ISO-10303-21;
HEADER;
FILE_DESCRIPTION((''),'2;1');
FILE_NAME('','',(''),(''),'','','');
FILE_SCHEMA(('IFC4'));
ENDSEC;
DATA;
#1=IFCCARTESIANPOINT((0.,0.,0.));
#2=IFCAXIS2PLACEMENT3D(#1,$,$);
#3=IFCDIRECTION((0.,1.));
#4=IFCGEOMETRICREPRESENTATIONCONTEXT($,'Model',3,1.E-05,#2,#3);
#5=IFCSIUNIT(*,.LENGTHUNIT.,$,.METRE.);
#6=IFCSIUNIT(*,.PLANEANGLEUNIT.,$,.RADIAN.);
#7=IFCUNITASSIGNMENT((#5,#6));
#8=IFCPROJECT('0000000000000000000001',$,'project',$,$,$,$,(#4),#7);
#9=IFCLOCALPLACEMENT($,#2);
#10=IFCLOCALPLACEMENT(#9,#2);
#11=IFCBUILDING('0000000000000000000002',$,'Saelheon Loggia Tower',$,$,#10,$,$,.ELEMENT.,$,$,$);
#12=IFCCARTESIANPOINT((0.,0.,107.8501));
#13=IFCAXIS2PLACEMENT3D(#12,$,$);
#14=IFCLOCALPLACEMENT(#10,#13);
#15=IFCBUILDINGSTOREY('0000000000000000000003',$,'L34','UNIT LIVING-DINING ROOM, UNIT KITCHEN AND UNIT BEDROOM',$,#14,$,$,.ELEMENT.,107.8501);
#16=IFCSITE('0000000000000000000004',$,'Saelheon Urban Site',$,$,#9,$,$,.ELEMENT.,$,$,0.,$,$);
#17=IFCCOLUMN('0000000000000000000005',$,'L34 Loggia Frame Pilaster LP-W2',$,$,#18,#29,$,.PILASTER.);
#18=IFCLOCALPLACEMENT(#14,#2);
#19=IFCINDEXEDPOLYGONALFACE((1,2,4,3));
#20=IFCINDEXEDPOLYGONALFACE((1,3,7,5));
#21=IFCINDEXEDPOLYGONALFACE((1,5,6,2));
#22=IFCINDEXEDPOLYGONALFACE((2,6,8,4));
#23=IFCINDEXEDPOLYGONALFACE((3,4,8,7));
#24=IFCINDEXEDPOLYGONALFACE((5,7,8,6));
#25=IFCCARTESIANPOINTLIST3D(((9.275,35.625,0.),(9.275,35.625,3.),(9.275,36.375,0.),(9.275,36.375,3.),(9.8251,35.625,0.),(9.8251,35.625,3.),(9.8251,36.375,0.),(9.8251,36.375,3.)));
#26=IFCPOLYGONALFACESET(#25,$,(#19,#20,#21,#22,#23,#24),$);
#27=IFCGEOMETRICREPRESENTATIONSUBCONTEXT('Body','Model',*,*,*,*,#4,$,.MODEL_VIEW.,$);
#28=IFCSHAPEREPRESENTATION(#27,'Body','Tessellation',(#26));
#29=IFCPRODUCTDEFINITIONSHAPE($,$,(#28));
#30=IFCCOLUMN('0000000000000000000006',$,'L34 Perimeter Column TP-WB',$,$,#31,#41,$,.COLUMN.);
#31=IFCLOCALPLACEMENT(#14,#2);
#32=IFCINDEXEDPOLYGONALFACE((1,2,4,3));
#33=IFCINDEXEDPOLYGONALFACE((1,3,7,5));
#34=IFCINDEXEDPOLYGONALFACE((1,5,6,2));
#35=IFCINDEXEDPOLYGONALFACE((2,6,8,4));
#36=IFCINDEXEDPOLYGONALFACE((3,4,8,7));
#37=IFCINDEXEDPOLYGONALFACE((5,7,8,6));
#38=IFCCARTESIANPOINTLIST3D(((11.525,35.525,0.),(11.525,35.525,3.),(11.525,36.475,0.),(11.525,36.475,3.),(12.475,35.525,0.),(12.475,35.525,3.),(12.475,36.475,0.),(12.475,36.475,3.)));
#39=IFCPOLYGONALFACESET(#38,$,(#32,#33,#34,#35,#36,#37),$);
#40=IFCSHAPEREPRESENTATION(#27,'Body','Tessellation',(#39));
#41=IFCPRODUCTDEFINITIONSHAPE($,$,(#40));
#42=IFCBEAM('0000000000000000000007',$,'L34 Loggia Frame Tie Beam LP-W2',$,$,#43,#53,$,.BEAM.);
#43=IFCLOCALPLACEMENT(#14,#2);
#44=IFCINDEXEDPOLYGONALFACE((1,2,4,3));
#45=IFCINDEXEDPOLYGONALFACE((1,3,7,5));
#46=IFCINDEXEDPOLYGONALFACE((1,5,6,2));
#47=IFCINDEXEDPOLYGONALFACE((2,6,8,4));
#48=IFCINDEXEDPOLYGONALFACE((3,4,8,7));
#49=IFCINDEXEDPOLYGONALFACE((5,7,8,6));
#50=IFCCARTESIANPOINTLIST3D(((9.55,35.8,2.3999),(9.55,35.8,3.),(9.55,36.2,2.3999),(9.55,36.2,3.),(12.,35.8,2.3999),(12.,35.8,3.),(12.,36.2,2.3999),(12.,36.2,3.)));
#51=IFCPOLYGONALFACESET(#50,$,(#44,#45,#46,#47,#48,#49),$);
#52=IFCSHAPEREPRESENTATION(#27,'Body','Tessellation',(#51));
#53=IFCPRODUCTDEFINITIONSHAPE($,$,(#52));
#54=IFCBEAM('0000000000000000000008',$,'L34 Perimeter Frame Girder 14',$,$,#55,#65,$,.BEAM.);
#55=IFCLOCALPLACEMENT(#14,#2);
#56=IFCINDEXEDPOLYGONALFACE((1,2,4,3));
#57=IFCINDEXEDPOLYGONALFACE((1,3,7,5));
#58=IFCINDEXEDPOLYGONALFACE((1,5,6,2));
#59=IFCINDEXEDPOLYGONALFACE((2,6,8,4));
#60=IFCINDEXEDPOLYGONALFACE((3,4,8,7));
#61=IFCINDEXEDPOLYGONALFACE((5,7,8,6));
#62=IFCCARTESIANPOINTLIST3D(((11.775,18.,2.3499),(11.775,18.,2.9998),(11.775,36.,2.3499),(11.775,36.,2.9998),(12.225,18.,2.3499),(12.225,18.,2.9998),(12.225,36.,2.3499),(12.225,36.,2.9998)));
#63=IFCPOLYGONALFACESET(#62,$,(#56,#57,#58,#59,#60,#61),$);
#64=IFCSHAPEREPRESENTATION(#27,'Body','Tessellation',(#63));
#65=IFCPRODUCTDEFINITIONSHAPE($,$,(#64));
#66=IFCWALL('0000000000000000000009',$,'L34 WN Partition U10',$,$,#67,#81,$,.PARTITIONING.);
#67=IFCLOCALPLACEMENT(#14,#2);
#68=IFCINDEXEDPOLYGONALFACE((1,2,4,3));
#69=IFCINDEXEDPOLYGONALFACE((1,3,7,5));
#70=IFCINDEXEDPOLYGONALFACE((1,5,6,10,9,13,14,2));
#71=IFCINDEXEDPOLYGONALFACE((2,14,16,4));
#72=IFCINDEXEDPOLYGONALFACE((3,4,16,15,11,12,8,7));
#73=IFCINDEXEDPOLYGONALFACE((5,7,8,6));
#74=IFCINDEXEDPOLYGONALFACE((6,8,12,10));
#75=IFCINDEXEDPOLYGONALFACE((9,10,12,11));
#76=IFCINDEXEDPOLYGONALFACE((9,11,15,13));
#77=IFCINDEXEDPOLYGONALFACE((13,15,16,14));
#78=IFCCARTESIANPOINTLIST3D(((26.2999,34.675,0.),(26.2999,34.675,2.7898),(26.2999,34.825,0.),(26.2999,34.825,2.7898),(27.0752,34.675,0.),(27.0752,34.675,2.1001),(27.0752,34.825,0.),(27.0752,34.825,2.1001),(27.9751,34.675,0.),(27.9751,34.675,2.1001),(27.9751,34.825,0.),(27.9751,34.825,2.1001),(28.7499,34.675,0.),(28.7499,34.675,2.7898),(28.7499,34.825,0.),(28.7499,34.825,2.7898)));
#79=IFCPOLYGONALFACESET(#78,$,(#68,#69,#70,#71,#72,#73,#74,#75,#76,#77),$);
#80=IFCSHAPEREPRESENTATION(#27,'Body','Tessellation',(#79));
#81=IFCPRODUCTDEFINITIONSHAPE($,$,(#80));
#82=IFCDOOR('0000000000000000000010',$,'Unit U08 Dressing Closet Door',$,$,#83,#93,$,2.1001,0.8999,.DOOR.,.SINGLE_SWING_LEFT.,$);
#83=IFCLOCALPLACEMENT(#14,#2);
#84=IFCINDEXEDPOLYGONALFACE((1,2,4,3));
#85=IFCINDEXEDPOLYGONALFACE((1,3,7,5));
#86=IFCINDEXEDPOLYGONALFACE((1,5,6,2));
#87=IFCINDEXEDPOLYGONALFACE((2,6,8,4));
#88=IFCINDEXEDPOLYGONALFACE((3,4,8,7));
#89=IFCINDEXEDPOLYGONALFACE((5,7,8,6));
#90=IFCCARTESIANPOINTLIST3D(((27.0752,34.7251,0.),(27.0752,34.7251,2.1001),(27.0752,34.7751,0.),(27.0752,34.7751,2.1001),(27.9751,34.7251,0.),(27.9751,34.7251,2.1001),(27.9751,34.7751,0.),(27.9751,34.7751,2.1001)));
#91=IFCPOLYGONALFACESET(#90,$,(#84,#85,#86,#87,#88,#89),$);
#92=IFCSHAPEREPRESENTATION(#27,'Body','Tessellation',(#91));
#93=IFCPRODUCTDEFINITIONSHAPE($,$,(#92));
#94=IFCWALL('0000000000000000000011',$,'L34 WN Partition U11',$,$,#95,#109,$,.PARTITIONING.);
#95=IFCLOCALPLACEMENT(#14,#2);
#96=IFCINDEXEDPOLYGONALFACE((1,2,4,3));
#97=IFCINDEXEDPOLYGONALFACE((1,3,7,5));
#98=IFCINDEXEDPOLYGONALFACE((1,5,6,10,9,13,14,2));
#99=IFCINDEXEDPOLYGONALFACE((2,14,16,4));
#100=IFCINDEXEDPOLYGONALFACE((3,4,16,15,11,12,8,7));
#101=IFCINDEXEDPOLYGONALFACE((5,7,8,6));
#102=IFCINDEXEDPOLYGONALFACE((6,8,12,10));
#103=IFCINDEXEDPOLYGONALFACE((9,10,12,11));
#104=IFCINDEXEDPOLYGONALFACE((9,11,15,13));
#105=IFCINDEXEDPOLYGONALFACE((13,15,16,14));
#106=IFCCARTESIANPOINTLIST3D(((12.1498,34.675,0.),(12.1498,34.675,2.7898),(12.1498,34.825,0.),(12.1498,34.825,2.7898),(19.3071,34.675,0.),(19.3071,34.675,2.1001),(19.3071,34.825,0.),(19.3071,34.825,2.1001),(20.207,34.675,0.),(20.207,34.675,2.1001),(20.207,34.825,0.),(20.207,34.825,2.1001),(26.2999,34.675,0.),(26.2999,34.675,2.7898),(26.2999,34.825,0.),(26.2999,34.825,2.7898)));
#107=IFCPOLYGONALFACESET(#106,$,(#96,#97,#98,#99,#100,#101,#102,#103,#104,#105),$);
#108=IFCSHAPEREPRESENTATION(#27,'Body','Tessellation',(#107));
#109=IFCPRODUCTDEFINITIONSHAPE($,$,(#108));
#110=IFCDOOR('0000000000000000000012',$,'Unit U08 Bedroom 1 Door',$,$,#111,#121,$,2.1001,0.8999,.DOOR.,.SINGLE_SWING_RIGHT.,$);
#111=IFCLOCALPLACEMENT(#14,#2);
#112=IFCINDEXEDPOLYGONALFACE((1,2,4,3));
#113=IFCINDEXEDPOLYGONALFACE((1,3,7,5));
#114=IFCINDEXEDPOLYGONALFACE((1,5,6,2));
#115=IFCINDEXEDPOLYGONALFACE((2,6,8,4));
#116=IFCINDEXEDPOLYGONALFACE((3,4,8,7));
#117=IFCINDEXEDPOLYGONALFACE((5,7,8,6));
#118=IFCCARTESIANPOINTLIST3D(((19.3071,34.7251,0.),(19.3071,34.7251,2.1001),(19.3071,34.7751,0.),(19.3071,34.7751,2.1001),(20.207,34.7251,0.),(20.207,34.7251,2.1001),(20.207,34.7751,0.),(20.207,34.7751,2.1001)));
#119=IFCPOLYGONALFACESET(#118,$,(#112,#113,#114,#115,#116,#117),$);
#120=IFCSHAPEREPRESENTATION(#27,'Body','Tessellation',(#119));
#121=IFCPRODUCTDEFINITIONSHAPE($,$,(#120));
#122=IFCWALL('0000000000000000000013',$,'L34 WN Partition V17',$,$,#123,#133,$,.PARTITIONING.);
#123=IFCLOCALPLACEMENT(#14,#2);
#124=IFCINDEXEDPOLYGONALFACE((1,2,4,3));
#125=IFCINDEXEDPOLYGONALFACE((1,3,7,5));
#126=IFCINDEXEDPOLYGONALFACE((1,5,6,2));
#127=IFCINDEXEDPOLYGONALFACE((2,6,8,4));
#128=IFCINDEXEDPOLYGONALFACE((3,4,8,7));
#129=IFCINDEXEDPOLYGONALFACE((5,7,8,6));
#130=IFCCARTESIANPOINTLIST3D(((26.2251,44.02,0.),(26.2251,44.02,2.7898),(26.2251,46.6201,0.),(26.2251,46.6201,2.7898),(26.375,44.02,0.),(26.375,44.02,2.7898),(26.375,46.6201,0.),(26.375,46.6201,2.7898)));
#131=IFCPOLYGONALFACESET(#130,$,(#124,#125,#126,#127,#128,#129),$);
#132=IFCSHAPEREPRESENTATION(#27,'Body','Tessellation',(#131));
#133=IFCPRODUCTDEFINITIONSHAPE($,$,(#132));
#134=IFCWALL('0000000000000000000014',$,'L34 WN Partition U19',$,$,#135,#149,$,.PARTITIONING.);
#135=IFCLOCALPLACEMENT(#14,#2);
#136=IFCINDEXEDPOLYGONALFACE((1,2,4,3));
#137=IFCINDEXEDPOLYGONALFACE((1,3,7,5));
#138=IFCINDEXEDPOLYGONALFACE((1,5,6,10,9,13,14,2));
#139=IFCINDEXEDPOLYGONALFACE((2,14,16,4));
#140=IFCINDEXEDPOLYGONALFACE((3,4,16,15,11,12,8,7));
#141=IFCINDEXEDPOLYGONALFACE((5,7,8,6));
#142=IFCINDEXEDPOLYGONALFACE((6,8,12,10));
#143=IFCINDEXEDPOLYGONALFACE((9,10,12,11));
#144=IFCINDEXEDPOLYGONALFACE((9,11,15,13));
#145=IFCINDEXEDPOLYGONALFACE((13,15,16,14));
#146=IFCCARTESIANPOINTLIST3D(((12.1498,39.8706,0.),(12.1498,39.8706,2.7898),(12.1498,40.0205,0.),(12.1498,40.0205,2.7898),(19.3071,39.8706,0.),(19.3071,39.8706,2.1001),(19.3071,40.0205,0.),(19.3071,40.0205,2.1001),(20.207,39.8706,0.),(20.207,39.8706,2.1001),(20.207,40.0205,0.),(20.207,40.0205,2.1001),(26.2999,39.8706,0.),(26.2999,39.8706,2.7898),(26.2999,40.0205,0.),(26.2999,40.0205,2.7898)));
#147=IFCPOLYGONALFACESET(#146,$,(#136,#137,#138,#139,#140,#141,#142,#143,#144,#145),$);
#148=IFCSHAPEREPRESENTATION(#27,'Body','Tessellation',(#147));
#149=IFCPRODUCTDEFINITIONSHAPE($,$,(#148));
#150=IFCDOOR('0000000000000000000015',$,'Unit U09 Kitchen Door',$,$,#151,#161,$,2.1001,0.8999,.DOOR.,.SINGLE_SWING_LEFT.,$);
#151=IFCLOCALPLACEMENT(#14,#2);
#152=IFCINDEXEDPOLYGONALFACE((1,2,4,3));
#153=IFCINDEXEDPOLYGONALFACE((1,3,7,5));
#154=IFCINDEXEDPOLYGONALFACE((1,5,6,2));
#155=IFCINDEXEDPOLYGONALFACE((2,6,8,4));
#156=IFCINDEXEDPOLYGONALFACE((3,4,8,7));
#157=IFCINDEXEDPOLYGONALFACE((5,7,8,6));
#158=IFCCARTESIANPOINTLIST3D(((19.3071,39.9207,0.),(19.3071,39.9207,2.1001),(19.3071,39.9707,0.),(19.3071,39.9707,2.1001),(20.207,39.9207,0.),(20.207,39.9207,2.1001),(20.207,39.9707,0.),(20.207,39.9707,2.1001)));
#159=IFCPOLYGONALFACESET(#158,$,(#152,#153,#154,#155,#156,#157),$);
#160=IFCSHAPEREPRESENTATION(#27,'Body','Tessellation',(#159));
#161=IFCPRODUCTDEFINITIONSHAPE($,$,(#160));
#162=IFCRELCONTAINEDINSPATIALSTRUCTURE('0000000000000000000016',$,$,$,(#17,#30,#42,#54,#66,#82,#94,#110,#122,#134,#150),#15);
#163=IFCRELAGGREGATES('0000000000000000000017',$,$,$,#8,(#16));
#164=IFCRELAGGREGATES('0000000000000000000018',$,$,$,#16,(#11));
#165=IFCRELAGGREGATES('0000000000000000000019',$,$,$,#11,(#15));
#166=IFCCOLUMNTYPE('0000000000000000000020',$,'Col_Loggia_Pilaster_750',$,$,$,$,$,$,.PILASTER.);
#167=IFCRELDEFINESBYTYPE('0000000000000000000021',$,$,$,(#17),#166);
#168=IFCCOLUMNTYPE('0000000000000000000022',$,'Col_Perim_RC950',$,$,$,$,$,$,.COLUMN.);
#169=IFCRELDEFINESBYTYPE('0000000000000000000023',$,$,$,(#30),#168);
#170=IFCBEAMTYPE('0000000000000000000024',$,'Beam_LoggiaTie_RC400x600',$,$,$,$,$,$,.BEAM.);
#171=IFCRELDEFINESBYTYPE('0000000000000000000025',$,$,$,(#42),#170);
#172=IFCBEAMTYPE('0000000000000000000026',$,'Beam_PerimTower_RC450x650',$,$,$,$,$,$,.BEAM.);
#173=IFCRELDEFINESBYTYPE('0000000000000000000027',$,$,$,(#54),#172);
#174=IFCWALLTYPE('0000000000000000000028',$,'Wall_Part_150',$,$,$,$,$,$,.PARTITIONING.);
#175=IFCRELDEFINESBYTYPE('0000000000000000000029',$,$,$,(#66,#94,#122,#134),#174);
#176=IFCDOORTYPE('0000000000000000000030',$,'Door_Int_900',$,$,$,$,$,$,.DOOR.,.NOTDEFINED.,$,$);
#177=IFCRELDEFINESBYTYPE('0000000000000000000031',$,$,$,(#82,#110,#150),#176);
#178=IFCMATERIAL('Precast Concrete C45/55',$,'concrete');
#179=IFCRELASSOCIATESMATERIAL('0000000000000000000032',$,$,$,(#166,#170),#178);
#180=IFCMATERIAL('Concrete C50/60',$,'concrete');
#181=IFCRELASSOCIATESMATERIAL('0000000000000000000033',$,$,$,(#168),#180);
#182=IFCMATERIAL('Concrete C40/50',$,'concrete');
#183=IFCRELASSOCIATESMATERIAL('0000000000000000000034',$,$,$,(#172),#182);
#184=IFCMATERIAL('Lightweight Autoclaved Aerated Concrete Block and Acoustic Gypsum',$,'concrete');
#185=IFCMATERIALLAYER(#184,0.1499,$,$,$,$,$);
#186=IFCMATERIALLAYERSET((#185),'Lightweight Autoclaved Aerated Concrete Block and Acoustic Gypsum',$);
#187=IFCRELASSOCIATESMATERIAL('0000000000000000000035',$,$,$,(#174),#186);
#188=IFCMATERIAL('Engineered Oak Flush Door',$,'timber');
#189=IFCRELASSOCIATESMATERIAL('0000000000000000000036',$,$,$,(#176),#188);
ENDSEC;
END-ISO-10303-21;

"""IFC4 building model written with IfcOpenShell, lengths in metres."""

from ifc_helpers import new_model, si_unit, direction, frame, frame_2d, origin, origin_2d, place, context, subcontext, project, spatial, rectangle, extrude, source, transform, mapped, material, layer, layer_set, material_profile, profile_set, type_object, element, fill, save


model = new_model("IFC4")

# Units and contexts
model_context = context("Model", 3, precision=1e-05, world=origin(), true_north=direction((0.0, 1.0)))
body_context = subcontext(model_context, "Body", "Model", "MODEL_VIEW")
ifc_project = project(units=[si_unit("LENGTHUNIT", "METRE"), si_unit("PLANEANGLEUNIT", "RADIAN")], contexts=[model_context])

# Site, building, storey
site_placement = place(None, origin())
site = spatial("IfcSite", under=ifc_project, at=site_placement, Name="Saelheon Urban Site", CompositionType="ELEMENT", RefElevation=0.0)
building_placement = place(site_placement, origin())
building = spatial("IfcBuilding", under=site, at=building_placement, Name="Saelheon Loggia Tower", CompositionType="ELEMENT")
storey_placement = place(building_placement, frame((0.0, 0.0, 107.8501)))
storey = spatial("IfcBuildingStorey", under=building, at=storey_placement, Name="L34", Description="UNIT LIVING-DINING ROOM, UNIT KITCHEN AND UNIT BEDROOM", CompositionType="ELEMENT", Elevation=107.8501)

# Columns
ifc_material_1 = material(Name="Precast Concrete C45/55", Category="concrete")
ifc_material_profile_1 = material_profile(ifc_material_1, rectangle(XDim=0.55, YDim=0.75, at=origin_2d()), Name="RC-550x750")
ifc_profile_set_1 = profile_set([ifc_material_profile_1], Name="Precast Concrete C45/55")
column_type_1 = type_object("IfcColumnType", Name="Col_Loggia_Pilaster_750", PredefinedType="PILASTER", material=ifc_profile_set_1)
shared_shape_1 = source(origin(), body_context, "Body", "SweptSolid", [
    extrude(rectangle(XDim=0.55, YDim=0.75, at=origin_2d()), origin(), (0.0, 0.0, 1.0), 3.0),
])
column_1_placement = place(storey_placement, frame((9.55, 36.0, 0.0), z_axis=(0.0, 0.0, 1.0), x_axis=(1.0, 0.0, 0.0)))
element("IfcColumn", 1, at=column_1_placement, inside=storey, type_object=column_type_1, Name="L34 Loggia Frame Pilaster LP-W2", PredefinedType="PILASTER", context=body_context, shape_type="MappedRepresentation", body=[
    mapped(shared_shape_1, transform((0.0, 0.0, 0.0), scale=1.0)),
])
ifc_material_2 = material(Name="Concrete C50/60", Category="concrete")
ifc_material_profile_2 = material_profile(ifc_material_2, rectangle(XDim=0.95, YDim=0.95, at=origin_2d()), Name="RC-950x950")
ifc_profile_set_2 = profile_set([ifc_material_profile_2], Name="Concrete C50/60")
column_type_2 = type_object("IfcColumnType", Name="Col_Perim_RC950", PredefinedType="COLUMN", material=ifc_profile_set_2)
shared_shape_2 = source(origin(), body_context, "Body", "SweptSolid", [
    extrude(rectangle(XDim=0.95, YDim=0.95, at=origin_2d()), origin(), (0.0, 0.0, 1.0), 3.0),
])
column_2_placement = place(storey_placement, frame((12.0, 36.0, 0.0), z_axis=(0.0, 0.0, 1.0), x_axis=(1.0, 0.0, 0.0)))
element("IfcColumn", 2, at=column_2_placement, inside=storey, type_object=column_type_2, Name="L34 Perimeter Column TP-WB", PredefinedType="COLUMN", context=body_context, shape_type="MappedRepresentation", body=[
    mapped(shared_shape_2, transform((0.0, 0.0, 0.0), scale=1.0)),
])

# Beams
ifc_material_profile_3 = material_profile(ifc_material_1, rectangle(XDim=0.3999, YDim=0.6001, at=origin_2d()), Name="RC-400x600")
ifc_profile_set_3 = profile_set([ifc_material_profile_3], Name="Precast Concrete C45/55")
beam_type_1 = type_object("IfcBeamType", Name="Beam_LoggiaTie_RC400x600", PredefinedType="BEAM", material=ifc_profile_set_3)
shared_shape_3 = source(origin(), body_context, "Body", "SweptSolid", [
    extrude(rectangle(XDim=0.3999, YDim=0.6001, at=origin_2d()), origin(), (0.0, 0.0, 1.0), 2.45),
])
beam_1_placement = place(storey_placement, frame((12.0, 36.0, 2.7), z_axis=(-1.0, 0.0, 0.0), x_axis=(0.0, -1.0, 0.0)))
element("IfcBeam", 3, at=beam_1_placement, inside=storey, type_object=beam_type_1, Name="L34 Loggia Frame Tie Beam LP-W2", PredefinedType="BEAM", context=body_context, shape_type="MappedRepresentation", body=[
    mapped(shared_shape_3, transform((0.0, 0.0, 0.0), scale=1.0)),
])
ifc_material_3 = material(Name="Concrete C40/50", Category="concrete")
ifc_material_profile_4 = material_profile(ifc_material_3, rectangle(XDim=0.45, YDim=0.6499, at=origin_2d()), Name="RC-450x650")
ifc_profile_set_4 = profile_set([ifc_material_profile_4], Name="Concrete C40/50")
beam_type_2 = type_object("IfcBeamType", Name="Beam_PerimTower_RC450x650", PredefinedType="BEAM", material=ifc_profile_set_4)
shared_shape_4 = source(origin(), body_context, "Body", "SweptSolid", [
    extrude(rectangle(XDim=0.45, YDim=0.6499, at=origin_2d()), origin(), (0.0, 0.0, 1.0), 18.0),
])
beam_2_placement = place(storey_placement, frame((12.0, 36.0, 2.6748), z_axis=(0.0, -1.0, 0.0), x_axis=(1.0, 0.0, 0.0)))
element("IfcBeam", 4, at=beam_2_placement, inside=storey, type_object=beam_type_2, Name="L34 Perimeter Frame Girder 14", PredefinedType="BEAM", context=body_context, shape_type="MappedRepresentation", body=[
    mapped(shared_shape_4, transform((0.0, 0.0, 0.0), scale=1.0)),
])

# Walls, openings, doors
ifc_material_4 = material(Name="Lightweight Autoclaved Aerated Concrete Block and Acoustic Gypsum", Category="concrete")
ifc_layer_1 = layer(ifc_material_4, 0.1499)
ifc_layer_set_1 = layer_set([ifc_layer_1], Name="Lightweight Autoclaved Aerated Concrete Block and Acoustic Gypsum")
wall_type_1 = type_object("IfcWallType", Name="Wall_Part_150", PredefinedType="PARTITIONING", material=ifc_layer_set_1)
wall_1_placement = place(storey_placement, frame((28.75, 34.75, 0.0), z_axis=(0.0, 0.0, 1.0), x_axis=(-1.0, 0.0, 0.0)))
wall_1 = element("IfcWall", 5, at=wall_1_placement, inside=storey, type_object=wall_type_1, Name="L34 WN Partition U10", PredefinedType="PARTITIONING", context=body_context, shape_type="SweptSolid", body=[
    extrude(rectangle(XDim=2.45, YDim=0.1499, at=frame_2d((1.2251, 0.0))), origin(), (0.0, 0.0, 1.0), 2.7898),
])
opening_1_placement = place(wall_1_placement, frame((0.7749, 0.0, 0.0)))
opening_1 = element("IfcOpeningElement", 6, at=opening_1_placement, cuts=wall_1, PredefinedType="OPENING", context=body_context, shape_type="SweptSolid", body=[
    extrude(rectangle(XDim=0.8999, YDim=2.1001, at=frame_2d((0.45, 1.05))), frame((0.0, 0.0869, 0.0), z_axis=(0.0, -1.0, 0.0), x_axis=(1.0, 0.0, 0.0)), (0.0, 0.0, 1.0), 0.1738),
])
ifc_material_5 = material(Name="Engineered Oak Flush Door", Category="timber")
door_type = type_object("IfcDoorType", Name="Door_Int_900", OperationType="NOTDEFINED", PredefinedType="DOOR", material=ifc_material_5)
shared_shape_5 = source(origin(), body_context, "Body", "SweptSolid", [
    extrude(rectangle(XDim=0.8999, YDim=2.1001, at=frame_2d((0.45, 1.05))), frame((0.0, 0.0249, 0.0), z_axis=(0.0, -1.0, 0.0), x_axis=(1.0, 0.0, 0.0)), (0.0, 0.0, 1.0), 0.05),
])
door_1_placement = place(opening_1_placement, origin())
door_1 = element("IfcDoor", 7, at=door_1_placement, inside=storey, type_object=door_type, Name="Unit U08 Dressing Closet Door", OperationType="SINGLE_SWING_LEFT", OverallHeight=2.1001, OverallWidth=0.8999, PredefinedType="DOOR", context=body_context, shape_type="MappedRepresentation", body=[
    mapped(shared_shape_5, transform((0.0, 0.0, 0.0), scale=1.0)),
])
fill(opening_1, door_1)
wall_2_placement = place(storey_placement, frame((26.3, 34.75, 0.0), z_axis=(0.0, 0.0, 1.0), x_axis=(-1.0, 0.0, 0.0)))
wall_2 = element("IfcWall", 8, at=wall_2_placement, inside=storey, type_object=wall_type_1, Name="L34 WN Partition U11", PredefinedType="PARTITIONING", context=body_context, shape_type="SweptSolid", body=[
    extrude(rectangle(XDim=14.1501, YDim=0.1499, at=frame_2d((7.0752, 0.0))), origin(), (0.0, 0.0, 1.0), 2.7898),
])
opening_2_placement = place(wall_2_placement, frame((6.093, 0.0, 0.0)))
opening_2 = element("IfcOpeningElement", 9, at=opening_2_placement, cuts=wall_2, PredefinedType="OPENING", context=body_context, shape_type="SweptSolid", body=[
    extrude(rectangle(XDim=0.8999, YDim=2.1001, at=frame_2d((0.45, 1.05))), frame((0.0, 0.0869, 0.0), z_axis=(0.0, -1.0, 0.0), x_axis=(1.0, 0.0, 0.0)), (0.0, 0.0, 1.0), 0.1738),
])
door_2_placement = place(opening_2_placement, origin())
door_2 = element("IfcDoor", 10, at=door_2_placement, inside=storey, type_object=door_type, Name="Unit U08 Bedroom 1 Door", OperationType="SINGLE_SWING_RIGHT", OverallHeight=2.1001, OverallWidth=0.8999, PredefinedType="DOOR", context=body_context, shape_type="MappedRepresentation", body=[
    mapped(shared_shape_5, transform((0.0, 0.0, 0.0), scale=1.0)),
])
fill(opening_2, door_2)

# Wall
wall_3_placement = place(storey_placement, frame((26.3, 44.02, 0.0), z_axis=(0.0, 0.0, 1.0), x_axis=(0.0, 1.0, 0.0)))
element("IfcWall", 11, at=wall_3_placement, inside=storey, type_object=wall_type_1, Name="L34 WN Partition V17", PredefinedType="PARTITIONING", context=body_context, shape_type="SweptSolid", body=[
    extrude(rectangle(XDim=2.6001, YDim=0.1499, at=frame_2d((1.3, 0.0))), origin(), (0.0, 0.0, 1.0), 2.7898),
])

# Wall, opening, door
wall_4_placement = place(storey_placement, frame((26.3, 39.9456, 0.0), z_axis=(0.0, 0.0, 1.0), x_axis=(-1.0, 0.0, 0.0)))
wall_4 = element("IfcWall", 12, at=wall_4_placement, inside=storey, type_object=wall_type_1, Name="L34 WN Partition U19", PredefinedType="PARTITIONING", context=body_context, shape_type="SweptSolid", body=[
    extrude(rectangle(XDim=14.1501, YDim=0.1499, at=frame_2d((7.0752, 0.0))), origin(), (0.0, 0.0, 1.0), 2.7898),
])
opening_3_placement = place(wall_4_placement, frame((6.093, 0.0, 0.0)))
opening_3 = element("IfcOpeningElement", 13, at=opening_3_placement, cuts=wall_4, PredefinedType="OPENING", context=body_context, shape_type="SweptSolid", body=[
    extrude(rectangle(XDim=0.8999, YDim=2.1001, at=frame_2d((0.45, 1.05))), frame((0.0, 0.0869, 0.0), z_axis=(0.0, -1.0, 0.0), x_axis=(1.0, 0.0, 0.0)), (0.0, 0.0, 1.0), 0.1738),
])
door_3_placement = place(opening_3_placement, origin())
door_3 = element("IfcDoor", 14, at=door_3_placement, inside=storey, type_object=door_type, Name="Unit U09 Kitchen Door", OperationType="SINGLE_SWING_LEFT", OverallHeight=2.1001, OverallWidth=0.8999, PredefinedType="DOOR", context=body_context, shape_type="MappedRepresentation", body=[
    mapped(shared_shape_5, transform((0.0, 0.0, 0.0), scale=1.0)),
])
fill(opening_3, door_3)

save(model, "model.ifc")
